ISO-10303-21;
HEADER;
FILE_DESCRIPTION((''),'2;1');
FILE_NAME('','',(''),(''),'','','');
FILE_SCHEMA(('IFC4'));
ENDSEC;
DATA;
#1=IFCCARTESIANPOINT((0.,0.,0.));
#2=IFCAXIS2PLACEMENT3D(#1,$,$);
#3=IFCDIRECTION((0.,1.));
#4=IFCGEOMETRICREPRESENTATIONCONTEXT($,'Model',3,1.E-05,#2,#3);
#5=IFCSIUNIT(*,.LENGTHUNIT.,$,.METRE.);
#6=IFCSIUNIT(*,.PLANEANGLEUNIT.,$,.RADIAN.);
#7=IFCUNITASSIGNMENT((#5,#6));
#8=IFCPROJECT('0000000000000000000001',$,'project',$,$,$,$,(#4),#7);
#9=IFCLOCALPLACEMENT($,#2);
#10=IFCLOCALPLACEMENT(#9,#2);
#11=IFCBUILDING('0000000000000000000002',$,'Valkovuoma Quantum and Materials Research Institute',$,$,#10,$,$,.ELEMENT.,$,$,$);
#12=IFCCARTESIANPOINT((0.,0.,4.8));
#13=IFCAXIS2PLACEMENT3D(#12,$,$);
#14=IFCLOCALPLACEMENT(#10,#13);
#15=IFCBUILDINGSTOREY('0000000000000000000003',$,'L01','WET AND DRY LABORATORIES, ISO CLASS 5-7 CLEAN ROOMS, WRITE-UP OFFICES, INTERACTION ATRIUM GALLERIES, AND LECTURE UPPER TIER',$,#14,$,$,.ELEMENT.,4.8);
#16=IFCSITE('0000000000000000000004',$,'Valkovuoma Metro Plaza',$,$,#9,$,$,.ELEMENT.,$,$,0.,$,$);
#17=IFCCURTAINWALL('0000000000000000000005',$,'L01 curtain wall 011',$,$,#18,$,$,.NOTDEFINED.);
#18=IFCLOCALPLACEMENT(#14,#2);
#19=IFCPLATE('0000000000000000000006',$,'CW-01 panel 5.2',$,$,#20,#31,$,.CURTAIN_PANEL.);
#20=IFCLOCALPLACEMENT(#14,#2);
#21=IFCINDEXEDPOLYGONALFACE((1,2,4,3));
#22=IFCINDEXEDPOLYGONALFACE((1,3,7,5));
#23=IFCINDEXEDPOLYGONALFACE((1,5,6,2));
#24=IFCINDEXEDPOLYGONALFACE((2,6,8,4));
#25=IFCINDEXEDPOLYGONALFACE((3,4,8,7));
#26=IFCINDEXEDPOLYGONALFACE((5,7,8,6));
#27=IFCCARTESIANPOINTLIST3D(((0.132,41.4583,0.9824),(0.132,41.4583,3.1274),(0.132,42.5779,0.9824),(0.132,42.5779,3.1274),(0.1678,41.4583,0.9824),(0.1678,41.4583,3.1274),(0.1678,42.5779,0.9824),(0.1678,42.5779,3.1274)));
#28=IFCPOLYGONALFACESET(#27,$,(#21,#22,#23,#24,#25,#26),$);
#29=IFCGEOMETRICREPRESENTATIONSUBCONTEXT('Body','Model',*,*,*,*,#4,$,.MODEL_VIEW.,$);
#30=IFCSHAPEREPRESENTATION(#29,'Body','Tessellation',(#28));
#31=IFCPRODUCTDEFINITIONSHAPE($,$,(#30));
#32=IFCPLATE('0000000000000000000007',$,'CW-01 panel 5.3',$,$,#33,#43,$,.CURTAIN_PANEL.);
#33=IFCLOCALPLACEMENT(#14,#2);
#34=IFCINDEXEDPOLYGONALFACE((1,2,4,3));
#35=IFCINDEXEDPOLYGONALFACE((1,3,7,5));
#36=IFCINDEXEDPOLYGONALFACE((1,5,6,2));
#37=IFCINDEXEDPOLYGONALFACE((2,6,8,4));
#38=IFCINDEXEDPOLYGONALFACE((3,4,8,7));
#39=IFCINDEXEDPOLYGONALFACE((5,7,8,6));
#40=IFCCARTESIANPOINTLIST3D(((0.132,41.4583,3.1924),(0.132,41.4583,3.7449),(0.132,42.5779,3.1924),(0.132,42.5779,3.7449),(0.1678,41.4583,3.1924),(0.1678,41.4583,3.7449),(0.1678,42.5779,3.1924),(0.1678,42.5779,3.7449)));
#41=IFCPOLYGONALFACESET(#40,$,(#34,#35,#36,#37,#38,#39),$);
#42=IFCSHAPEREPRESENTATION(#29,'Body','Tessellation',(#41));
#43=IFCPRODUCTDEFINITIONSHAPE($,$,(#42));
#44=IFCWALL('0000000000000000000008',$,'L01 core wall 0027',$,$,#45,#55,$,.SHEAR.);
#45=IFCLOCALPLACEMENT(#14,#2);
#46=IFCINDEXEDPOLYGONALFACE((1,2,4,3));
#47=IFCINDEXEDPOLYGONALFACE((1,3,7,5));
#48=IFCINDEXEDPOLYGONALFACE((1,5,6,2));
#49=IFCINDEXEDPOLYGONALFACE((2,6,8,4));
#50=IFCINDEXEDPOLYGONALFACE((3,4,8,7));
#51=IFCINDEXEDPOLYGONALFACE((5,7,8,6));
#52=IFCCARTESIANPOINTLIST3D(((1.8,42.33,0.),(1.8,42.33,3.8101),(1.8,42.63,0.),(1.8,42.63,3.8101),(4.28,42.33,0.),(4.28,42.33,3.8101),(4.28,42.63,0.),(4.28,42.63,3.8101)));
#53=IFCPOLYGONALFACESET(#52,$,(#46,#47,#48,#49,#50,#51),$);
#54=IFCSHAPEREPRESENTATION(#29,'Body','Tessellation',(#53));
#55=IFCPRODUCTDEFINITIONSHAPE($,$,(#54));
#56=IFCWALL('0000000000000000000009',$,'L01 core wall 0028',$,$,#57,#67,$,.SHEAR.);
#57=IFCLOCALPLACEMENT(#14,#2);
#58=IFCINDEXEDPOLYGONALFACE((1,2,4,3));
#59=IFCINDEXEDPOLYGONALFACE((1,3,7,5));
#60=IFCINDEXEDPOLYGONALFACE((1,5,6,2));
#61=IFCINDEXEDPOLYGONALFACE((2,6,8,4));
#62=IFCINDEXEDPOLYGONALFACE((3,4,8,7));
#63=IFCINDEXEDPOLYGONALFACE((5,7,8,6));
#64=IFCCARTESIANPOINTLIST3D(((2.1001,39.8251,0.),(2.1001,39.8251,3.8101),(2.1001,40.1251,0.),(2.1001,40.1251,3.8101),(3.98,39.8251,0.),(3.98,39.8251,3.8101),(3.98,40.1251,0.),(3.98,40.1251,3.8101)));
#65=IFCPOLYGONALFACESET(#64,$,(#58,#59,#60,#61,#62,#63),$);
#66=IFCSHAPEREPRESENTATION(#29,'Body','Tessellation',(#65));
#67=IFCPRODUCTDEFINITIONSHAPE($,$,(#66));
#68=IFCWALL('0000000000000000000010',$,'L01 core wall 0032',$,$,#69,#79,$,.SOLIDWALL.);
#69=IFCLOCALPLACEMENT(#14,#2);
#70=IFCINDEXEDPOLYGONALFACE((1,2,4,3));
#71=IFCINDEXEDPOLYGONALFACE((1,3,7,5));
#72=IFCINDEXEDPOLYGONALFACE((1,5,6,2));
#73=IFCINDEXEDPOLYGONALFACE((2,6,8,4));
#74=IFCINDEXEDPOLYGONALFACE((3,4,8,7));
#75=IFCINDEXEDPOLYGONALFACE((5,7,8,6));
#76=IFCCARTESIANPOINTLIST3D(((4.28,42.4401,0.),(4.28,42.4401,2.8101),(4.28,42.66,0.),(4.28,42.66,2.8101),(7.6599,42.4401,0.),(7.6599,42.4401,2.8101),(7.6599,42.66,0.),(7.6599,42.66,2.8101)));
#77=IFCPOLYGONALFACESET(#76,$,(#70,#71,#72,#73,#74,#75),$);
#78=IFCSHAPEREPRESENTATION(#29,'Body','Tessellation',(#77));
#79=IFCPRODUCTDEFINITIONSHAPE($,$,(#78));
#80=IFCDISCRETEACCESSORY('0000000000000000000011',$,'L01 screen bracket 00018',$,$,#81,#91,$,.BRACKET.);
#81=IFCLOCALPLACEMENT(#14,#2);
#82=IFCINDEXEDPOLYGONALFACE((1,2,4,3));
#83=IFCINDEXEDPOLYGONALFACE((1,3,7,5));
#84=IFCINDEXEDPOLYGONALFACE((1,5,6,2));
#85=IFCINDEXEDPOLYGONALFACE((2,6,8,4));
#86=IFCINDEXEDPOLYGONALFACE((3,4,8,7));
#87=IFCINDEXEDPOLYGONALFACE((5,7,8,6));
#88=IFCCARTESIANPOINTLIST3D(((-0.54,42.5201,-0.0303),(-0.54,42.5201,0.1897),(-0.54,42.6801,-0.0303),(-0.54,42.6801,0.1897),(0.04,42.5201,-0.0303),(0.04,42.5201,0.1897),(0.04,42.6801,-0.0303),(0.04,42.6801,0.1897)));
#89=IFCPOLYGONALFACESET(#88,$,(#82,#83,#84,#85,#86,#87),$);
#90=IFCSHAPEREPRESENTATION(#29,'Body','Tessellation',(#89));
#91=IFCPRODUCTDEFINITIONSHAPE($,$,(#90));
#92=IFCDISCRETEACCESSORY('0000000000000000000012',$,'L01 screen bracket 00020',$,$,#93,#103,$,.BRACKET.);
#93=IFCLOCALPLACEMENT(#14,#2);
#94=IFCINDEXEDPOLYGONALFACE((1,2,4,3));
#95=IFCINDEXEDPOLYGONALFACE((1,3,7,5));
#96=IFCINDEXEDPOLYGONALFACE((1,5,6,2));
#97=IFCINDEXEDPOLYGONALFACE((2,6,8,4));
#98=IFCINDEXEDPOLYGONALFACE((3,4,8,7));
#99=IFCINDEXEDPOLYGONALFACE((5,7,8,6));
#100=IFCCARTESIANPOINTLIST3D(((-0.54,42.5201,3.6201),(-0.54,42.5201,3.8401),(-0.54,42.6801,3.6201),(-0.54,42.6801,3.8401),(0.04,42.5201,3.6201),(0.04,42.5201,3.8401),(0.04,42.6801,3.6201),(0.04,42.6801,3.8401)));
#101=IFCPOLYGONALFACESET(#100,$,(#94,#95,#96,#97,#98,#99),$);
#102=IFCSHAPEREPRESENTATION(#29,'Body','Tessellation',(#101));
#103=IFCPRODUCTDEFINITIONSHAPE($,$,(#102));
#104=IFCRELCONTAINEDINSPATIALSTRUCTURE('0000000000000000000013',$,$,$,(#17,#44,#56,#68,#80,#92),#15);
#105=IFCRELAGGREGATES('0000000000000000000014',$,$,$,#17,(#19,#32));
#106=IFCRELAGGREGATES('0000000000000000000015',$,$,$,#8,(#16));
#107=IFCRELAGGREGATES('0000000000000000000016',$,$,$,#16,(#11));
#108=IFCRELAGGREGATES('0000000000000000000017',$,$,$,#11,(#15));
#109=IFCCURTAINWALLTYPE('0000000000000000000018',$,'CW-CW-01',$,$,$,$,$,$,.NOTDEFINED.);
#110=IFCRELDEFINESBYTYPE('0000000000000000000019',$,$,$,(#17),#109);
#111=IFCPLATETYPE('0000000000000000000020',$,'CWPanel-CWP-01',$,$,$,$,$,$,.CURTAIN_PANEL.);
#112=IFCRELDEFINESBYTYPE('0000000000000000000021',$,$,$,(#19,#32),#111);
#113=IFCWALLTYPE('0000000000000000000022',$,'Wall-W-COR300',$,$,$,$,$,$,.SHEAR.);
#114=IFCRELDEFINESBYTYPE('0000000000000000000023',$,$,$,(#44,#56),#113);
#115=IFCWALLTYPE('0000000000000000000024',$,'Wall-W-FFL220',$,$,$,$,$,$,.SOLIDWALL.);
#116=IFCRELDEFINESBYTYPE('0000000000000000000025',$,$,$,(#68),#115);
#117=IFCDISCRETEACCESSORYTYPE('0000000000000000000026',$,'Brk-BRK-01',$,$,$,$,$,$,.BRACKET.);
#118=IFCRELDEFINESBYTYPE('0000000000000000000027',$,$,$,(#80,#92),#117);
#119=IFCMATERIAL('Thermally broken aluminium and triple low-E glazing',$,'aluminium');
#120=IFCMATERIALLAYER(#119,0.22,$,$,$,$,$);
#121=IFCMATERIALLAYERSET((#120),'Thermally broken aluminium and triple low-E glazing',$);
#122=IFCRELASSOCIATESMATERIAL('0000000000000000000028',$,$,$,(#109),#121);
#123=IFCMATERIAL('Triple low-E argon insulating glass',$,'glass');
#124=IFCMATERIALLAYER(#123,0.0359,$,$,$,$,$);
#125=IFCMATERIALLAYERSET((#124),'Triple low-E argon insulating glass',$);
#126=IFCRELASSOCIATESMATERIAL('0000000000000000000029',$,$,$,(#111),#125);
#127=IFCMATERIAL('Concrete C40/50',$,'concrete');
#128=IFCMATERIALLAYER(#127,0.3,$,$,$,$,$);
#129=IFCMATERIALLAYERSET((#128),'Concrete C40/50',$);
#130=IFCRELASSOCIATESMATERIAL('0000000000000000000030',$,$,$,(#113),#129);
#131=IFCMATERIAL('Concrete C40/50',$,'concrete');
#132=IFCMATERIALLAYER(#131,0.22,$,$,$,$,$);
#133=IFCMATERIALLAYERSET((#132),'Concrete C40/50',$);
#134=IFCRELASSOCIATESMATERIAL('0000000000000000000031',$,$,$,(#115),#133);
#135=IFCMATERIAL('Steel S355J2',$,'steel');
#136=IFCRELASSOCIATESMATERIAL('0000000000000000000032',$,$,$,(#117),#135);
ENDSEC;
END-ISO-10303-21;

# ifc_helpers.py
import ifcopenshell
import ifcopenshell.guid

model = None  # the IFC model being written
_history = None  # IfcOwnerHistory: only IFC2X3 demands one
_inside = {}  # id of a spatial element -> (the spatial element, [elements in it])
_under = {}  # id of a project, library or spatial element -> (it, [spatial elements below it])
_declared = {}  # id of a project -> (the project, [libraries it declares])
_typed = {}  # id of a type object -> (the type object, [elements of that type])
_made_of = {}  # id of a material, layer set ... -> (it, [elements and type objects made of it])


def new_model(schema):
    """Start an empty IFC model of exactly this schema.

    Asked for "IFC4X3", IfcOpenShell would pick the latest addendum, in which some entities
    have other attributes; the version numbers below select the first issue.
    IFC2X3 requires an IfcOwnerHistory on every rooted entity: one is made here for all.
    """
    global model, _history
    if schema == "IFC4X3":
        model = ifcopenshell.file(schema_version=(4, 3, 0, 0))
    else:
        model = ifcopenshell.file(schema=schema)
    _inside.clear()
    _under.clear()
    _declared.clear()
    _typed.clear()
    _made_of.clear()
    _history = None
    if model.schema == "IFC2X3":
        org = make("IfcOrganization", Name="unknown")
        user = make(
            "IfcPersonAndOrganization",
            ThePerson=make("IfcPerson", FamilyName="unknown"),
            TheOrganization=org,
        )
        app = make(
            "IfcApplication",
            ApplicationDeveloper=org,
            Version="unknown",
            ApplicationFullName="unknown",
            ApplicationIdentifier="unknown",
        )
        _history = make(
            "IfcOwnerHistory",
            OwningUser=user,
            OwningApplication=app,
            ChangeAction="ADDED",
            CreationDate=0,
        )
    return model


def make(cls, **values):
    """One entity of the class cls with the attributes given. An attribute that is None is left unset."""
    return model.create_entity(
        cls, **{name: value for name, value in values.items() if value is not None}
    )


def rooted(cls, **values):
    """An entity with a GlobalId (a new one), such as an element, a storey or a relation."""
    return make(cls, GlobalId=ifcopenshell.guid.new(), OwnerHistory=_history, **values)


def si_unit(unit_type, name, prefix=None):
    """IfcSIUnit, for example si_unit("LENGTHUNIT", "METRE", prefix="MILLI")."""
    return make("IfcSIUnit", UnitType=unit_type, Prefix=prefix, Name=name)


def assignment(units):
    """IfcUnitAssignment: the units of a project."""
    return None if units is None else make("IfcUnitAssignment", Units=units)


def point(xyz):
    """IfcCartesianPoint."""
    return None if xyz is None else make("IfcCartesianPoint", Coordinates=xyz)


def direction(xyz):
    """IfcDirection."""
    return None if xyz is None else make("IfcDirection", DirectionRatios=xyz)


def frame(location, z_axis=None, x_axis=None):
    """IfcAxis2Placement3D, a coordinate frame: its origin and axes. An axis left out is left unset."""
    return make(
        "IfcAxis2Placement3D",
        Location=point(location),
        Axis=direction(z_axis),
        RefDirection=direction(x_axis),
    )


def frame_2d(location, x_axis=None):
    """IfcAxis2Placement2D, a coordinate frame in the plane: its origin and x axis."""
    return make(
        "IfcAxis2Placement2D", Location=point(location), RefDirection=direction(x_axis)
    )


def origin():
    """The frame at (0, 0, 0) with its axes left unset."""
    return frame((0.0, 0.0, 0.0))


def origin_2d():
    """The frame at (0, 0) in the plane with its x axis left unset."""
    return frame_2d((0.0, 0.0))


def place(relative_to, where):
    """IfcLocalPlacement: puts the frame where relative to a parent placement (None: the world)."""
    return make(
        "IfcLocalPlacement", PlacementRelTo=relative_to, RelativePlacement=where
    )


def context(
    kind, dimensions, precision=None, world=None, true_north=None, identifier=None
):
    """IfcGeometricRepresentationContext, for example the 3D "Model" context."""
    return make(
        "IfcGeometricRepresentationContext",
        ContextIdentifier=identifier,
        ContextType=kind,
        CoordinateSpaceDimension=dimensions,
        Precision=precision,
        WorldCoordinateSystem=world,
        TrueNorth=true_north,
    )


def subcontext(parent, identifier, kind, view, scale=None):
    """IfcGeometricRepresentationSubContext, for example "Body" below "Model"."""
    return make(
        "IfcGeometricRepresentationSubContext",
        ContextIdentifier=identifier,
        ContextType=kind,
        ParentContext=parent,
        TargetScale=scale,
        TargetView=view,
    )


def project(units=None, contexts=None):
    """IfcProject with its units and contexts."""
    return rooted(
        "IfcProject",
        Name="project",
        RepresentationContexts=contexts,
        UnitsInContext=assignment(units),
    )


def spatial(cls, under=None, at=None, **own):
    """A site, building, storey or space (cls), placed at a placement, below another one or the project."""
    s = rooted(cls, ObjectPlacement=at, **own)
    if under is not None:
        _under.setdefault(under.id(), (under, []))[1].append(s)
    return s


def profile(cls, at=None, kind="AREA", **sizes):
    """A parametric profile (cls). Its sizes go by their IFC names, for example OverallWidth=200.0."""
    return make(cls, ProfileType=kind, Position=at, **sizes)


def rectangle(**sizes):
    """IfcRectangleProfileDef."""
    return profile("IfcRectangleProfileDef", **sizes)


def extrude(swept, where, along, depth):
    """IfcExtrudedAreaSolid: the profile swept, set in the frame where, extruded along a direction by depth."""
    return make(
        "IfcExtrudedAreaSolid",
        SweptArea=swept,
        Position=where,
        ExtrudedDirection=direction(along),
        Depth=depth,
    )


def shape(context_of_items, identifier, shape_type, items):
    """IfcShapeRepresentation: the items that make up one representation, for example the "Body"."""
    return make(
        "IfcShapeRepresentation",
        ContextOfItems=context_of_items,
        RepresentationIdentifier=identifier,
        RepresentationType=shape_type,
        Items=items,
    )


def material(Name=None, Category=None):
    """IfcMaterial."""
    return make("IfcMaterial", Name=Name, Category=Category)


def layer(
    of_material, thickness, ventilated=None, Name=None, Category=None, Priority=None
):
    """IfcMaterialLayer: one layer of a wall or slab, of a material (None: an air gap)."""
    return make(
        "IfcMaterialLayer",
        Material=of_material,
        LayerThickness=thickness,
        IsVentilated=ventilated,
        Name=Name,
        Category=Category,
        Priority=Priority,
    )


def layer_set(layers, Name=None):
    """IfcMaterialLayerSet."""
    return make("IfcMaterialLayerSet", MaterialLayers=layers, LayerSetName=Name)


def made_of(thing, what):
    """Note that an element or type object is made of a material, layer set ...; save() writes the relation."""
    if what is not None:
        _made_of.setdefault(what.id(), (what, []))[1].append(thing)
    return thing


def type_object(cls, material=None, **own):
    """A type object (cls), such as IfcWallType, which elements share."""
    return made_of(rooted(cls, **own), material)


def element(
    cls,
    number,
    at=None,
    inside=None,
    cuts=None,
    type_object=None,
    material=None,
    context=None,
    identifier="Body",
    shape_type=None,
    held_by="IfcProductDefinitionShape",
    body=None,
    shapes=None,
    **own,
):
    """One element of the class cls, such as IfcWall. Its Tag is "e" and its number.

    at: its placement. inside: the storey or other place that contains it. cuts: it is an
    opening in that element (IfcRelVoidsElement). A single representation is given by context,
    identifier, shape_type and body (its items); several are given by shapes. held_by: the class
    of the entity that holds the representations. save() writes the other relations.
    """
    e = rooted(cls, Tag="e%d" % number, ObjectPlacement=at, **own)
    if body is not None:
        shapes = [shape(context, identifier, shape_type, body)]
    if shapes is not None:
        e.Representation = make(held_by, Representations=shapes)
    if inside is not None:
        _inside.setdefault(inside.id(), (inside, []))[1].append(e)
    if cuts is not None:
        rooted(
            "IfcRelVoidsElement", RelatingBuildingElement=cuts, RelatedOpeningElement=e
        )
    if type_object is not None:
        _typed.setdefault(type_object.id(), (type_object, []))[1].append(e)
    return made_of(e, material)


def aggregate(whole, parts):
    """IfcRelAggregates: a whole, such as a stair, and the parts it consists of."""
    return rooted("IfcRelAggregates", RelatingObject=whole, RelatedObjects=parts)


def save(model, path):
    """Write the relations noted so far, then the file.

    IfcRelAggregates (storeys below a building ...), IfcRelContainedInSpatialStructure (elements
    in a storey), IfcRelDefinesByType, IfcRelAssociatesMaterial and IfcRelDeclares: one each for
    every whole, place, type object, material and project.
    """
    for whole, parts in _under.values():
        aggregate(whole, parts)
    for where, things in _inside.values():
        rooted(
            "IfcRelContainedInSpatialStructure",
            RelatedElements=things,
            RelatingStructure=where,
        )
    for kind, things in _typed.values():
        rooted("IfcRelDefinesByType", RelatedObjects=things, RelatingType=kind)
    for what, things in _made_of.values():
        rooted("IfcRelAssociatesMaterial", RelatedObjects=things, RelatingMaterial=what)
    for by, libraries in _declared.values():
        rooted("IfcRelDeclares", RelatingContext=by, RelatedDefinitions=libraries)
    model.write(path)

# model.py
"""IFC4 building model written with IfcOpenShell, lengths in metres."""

from ifc_helpers import new_model, si_unit, direction, frame, frame_2d, origin, origin_2d, place, context, subcontext, project, spatial, rectangle, extrude, material, layer, layer_set, type_object, element, aggregate, save


model = new_model("IFC4")

# Units and contexts
model_context = context("Model", 3, precision=1e-05, world=origin(), true_north=direction((0.0, 1.0)))
body_context = subcontext(model_context, "Body", "Model", "MODEL_VIEW")
ifc_project = project(units=[si_unit("LENGTHUNIT", "METRE"), si_unit("PLANEANGLEUNIT", "RADIAN")], contexts=[model_context])

# Site, building, storey
site_placement = place(None, origin())
site = spatial("IfcSite", under=ifc_project, at=site_placement, Name="Valkovuoma Metro Plaza", CompositionType="ELEMENT", RefElevation=0.0)
building_placement = place(site_placement, origin())
building = spatial("IfcBuilding", under=site, at=building_placement, Name="Valkovuoma Quantum and Materials Research Institute", CompositionType="ELEMENT")
storey_placement = place(building_placement, frame((0.0, 0.0, 4.8)))
storey = spatial("IfcBuildingStorey", under=building, at=storey_placement, Name="L01", Description="WET AND DRY LABORATORIES, ISO CLASS 5-7 CLEAN ROOMS, WRITE-UP OFFICES, INTERACTION ATRIUM GALLERIES, AND LECTURE UPPER TIER", CompositionType="ELEMENT", Elevation=4.8)

# Curtain wall, plates
ifc_material_1 = material(Name="Thermally broken aluminium and triple low-E glazing", Category="aluminium")
ifc_layer_1 = layer(ifc_material_1, 0.22)
ifc_layer_set_1 = layer_set([ifc_layer_1], Name="Thermally broken aluminium and triple low-E glazing")
curtain_wall_type = type_object("IfcCurtainWallType", Name="CW-CW-01", PredefinedType="NOTDEFINED", material=ifc_layer_set_1)
curtain_wall_placement = place(storey_placement, origin())
curtain_wall = element("IfcCurtainWall", 1, at=curtain_wall_placement, inside=storey, type_object=curtain_wall_type, Name="L01 curtain wall 011", PredefinedType="NOTDEFINED")
ifc_material_2 = material(Name="Triple low-E argon insulating glass", Category="glass")
ifc_layer_2 = layer(ifc_material_2, 0.0359)
ifc_layer_set_2 = layer_set([ifc_layer_2], Name="Triple low-E argon insulating glass")
plate_type = type_object("IfcPlateType", Name="CWPanel-CWP-01", PredefinedType="CURTAIN_PANEL", material=ifc_layer_set_2)
plate_1_placement = place(storey_placement, frame((0.1499, 42.0181, 0.9824), z_axis=(0.0, 0.0, 1.0), x_axis=(0.0, 1.0, 0.0)))
plate_1 = element("IfcPlate", 2, at=plate_1_placement, type_object=plate_type, Name="CW-01 panel 5.2", PredefinedType="CURTAIN_PANEL", context=body_context, shape_type="SweptSolid", body=[
    extrude(rectangle(XDim=1.1196, YDim=0.0359, at=origin_2d()), origin(), (0.0, 0.0, 1.0), 2.145),
])
plate_2_placement = place(storey_placement, frame((0.1499, 42.0181, 3.1924), z_axis=(0.0, 0.0, 1.0), x_axis=(0.0, 1.0, 0.0)))
plate_2 = element("IfcPlate", 3, at=plate_2_placement, type_object=plate_type, Name="CW-01 panel 5.3", PredefinedType="CURTAIN_PANEL", context=body_context, shape_type="SweptSolid", body=[
    extrude(rectangle(XDim=1.1196, YDim=0.0359, at=origin_2d()), origin(), (0.0, 0.0, 1.0), 0.5525),
])
aggregate(curtain_wall, [plate_1, plate_2])

# Walls
ifc_material_3 = material(Name="Concrete C40/50", Category="concrete")
ifc_layer_3 = layer(ifc_material_3, 0.3)
ifc_layer_set_3 = layer_set([ifc_layer_3], Name="Concrete C40/50")
wall_type_1 = type_object("IfcWallType", Name="Wall-W-COR300", PredefinedType="SHEAR", material=ifc_layer_set_3)
wall_1_placement = place(storey_placement, frame((1.8, 42.48, 0.0), z_axis=(0.0, 0.0, 1.0), x_axis=(1.0, 0.0, 0.0)))
element("IfcWall", 4, at=wall_1_placement, inside=storey, type_object=wall_type_1, Name="L01 core wall 0027", PredefinedType="SHEAR", context=body_context, shape_type="SweptSolid", body=[
    extrude(rectangle(XDim=2.48, YDim=0.3, at=frame_2d((1.24, 0.0))), origin(), (0.0, 0.0, 1.0), 3.8101),
])
wall_2_placement = place(storey_placement, frame((2.1001, 39.9751, 0.0), z_axis=(0.0, 0.0, 1.0), x_axis=(1.0, 0.0, 0.0)))
element("IfcWall", 5, at=wall_2_placement, inside=storey, type_object=wall_type_1, Name="L01 core wall 0028", PredefinedType="SHEAR", context=body_context, shape_type="SweptSolid", body=[
    extrude(rectangle(XDim=1.8799, YDim=0.3, at=frame_2d((0.9399, 0.0))), origin(), (0.0, 0.0, 1.0), 3.8101),
])
ifc_material_4 = material(Name="Concrete C40/50", Category="concrete")
ifc_layer_4 = layer(ifc_material_4, 0.22)
ifc_layer_set_4 = layer_set([ifc_layer_4], Name="Concrete C40/50")
wall_type_2 = type_object("IfcWallType", Name="Wall-W-FFL220", PredefinedType="SOLIDWALL", material=ifc_layer_set_4)
wall_3_placement = place(storey_placement, frame((4.28, 42.55, 0.0), z_axis=(0.0, 0.0, 1.0), x_axis=(1.0, 0.0, 0.0)))
element("IfcWall", 6, at=wall_3_placement, inside=storey, type_object=wall_type_2, Name="L01 core wall 0032", PredefinedType="SOLIDWALL", context=body_context, shape_type="SweptSolid", body=[
    extrude(rectangle(XDim=3.3799, YDim=0.22, at=frame_2d((1.6899, 0.0))), origin(), (0.0, 0.0, 1.0), 2.8101),
])

# Discrete accessories
ifc_material_5 = material(Name="Steel S355J2", Category="steel")
discrete_accessory_type = type_object("IfcDiscreteAccessoryType", Name="Brk-BRK-01", PredefinedType="BRACKET", material=ifc_material_5)
for number, where, z_axis, x_axis, name in (
    (7, (-0.25, 42.6001, -0.0303), (0.0, 0.0, 1.0), (1.0, 0.0, 0.0), "L01 screen bracket 00018"),
    (8, (-0.25, 42.6001, 3.6201), (0.0, 0.0, 1.0), (1.0, 0.0, 0.0), "L01 screen bracket 00020"),
):
    element("IfcDiscreteAccessory", number, at=place(storey_placement, frame(where, z_axis=z_axis, x_axis=x_axis)), inside=storey, type_object=discrete_accessory_type, Name=name, PredefinedType="BRACKET", context=body_context, shape_type="SweptSolid", body=[
        extrude(rectangle(XDim=0.5801, YDim=0.1599, at=origin_2d()), origin(), (0.0, 0.0, 1.0), 0.22),
    ])

save(model, "model.ifc")
